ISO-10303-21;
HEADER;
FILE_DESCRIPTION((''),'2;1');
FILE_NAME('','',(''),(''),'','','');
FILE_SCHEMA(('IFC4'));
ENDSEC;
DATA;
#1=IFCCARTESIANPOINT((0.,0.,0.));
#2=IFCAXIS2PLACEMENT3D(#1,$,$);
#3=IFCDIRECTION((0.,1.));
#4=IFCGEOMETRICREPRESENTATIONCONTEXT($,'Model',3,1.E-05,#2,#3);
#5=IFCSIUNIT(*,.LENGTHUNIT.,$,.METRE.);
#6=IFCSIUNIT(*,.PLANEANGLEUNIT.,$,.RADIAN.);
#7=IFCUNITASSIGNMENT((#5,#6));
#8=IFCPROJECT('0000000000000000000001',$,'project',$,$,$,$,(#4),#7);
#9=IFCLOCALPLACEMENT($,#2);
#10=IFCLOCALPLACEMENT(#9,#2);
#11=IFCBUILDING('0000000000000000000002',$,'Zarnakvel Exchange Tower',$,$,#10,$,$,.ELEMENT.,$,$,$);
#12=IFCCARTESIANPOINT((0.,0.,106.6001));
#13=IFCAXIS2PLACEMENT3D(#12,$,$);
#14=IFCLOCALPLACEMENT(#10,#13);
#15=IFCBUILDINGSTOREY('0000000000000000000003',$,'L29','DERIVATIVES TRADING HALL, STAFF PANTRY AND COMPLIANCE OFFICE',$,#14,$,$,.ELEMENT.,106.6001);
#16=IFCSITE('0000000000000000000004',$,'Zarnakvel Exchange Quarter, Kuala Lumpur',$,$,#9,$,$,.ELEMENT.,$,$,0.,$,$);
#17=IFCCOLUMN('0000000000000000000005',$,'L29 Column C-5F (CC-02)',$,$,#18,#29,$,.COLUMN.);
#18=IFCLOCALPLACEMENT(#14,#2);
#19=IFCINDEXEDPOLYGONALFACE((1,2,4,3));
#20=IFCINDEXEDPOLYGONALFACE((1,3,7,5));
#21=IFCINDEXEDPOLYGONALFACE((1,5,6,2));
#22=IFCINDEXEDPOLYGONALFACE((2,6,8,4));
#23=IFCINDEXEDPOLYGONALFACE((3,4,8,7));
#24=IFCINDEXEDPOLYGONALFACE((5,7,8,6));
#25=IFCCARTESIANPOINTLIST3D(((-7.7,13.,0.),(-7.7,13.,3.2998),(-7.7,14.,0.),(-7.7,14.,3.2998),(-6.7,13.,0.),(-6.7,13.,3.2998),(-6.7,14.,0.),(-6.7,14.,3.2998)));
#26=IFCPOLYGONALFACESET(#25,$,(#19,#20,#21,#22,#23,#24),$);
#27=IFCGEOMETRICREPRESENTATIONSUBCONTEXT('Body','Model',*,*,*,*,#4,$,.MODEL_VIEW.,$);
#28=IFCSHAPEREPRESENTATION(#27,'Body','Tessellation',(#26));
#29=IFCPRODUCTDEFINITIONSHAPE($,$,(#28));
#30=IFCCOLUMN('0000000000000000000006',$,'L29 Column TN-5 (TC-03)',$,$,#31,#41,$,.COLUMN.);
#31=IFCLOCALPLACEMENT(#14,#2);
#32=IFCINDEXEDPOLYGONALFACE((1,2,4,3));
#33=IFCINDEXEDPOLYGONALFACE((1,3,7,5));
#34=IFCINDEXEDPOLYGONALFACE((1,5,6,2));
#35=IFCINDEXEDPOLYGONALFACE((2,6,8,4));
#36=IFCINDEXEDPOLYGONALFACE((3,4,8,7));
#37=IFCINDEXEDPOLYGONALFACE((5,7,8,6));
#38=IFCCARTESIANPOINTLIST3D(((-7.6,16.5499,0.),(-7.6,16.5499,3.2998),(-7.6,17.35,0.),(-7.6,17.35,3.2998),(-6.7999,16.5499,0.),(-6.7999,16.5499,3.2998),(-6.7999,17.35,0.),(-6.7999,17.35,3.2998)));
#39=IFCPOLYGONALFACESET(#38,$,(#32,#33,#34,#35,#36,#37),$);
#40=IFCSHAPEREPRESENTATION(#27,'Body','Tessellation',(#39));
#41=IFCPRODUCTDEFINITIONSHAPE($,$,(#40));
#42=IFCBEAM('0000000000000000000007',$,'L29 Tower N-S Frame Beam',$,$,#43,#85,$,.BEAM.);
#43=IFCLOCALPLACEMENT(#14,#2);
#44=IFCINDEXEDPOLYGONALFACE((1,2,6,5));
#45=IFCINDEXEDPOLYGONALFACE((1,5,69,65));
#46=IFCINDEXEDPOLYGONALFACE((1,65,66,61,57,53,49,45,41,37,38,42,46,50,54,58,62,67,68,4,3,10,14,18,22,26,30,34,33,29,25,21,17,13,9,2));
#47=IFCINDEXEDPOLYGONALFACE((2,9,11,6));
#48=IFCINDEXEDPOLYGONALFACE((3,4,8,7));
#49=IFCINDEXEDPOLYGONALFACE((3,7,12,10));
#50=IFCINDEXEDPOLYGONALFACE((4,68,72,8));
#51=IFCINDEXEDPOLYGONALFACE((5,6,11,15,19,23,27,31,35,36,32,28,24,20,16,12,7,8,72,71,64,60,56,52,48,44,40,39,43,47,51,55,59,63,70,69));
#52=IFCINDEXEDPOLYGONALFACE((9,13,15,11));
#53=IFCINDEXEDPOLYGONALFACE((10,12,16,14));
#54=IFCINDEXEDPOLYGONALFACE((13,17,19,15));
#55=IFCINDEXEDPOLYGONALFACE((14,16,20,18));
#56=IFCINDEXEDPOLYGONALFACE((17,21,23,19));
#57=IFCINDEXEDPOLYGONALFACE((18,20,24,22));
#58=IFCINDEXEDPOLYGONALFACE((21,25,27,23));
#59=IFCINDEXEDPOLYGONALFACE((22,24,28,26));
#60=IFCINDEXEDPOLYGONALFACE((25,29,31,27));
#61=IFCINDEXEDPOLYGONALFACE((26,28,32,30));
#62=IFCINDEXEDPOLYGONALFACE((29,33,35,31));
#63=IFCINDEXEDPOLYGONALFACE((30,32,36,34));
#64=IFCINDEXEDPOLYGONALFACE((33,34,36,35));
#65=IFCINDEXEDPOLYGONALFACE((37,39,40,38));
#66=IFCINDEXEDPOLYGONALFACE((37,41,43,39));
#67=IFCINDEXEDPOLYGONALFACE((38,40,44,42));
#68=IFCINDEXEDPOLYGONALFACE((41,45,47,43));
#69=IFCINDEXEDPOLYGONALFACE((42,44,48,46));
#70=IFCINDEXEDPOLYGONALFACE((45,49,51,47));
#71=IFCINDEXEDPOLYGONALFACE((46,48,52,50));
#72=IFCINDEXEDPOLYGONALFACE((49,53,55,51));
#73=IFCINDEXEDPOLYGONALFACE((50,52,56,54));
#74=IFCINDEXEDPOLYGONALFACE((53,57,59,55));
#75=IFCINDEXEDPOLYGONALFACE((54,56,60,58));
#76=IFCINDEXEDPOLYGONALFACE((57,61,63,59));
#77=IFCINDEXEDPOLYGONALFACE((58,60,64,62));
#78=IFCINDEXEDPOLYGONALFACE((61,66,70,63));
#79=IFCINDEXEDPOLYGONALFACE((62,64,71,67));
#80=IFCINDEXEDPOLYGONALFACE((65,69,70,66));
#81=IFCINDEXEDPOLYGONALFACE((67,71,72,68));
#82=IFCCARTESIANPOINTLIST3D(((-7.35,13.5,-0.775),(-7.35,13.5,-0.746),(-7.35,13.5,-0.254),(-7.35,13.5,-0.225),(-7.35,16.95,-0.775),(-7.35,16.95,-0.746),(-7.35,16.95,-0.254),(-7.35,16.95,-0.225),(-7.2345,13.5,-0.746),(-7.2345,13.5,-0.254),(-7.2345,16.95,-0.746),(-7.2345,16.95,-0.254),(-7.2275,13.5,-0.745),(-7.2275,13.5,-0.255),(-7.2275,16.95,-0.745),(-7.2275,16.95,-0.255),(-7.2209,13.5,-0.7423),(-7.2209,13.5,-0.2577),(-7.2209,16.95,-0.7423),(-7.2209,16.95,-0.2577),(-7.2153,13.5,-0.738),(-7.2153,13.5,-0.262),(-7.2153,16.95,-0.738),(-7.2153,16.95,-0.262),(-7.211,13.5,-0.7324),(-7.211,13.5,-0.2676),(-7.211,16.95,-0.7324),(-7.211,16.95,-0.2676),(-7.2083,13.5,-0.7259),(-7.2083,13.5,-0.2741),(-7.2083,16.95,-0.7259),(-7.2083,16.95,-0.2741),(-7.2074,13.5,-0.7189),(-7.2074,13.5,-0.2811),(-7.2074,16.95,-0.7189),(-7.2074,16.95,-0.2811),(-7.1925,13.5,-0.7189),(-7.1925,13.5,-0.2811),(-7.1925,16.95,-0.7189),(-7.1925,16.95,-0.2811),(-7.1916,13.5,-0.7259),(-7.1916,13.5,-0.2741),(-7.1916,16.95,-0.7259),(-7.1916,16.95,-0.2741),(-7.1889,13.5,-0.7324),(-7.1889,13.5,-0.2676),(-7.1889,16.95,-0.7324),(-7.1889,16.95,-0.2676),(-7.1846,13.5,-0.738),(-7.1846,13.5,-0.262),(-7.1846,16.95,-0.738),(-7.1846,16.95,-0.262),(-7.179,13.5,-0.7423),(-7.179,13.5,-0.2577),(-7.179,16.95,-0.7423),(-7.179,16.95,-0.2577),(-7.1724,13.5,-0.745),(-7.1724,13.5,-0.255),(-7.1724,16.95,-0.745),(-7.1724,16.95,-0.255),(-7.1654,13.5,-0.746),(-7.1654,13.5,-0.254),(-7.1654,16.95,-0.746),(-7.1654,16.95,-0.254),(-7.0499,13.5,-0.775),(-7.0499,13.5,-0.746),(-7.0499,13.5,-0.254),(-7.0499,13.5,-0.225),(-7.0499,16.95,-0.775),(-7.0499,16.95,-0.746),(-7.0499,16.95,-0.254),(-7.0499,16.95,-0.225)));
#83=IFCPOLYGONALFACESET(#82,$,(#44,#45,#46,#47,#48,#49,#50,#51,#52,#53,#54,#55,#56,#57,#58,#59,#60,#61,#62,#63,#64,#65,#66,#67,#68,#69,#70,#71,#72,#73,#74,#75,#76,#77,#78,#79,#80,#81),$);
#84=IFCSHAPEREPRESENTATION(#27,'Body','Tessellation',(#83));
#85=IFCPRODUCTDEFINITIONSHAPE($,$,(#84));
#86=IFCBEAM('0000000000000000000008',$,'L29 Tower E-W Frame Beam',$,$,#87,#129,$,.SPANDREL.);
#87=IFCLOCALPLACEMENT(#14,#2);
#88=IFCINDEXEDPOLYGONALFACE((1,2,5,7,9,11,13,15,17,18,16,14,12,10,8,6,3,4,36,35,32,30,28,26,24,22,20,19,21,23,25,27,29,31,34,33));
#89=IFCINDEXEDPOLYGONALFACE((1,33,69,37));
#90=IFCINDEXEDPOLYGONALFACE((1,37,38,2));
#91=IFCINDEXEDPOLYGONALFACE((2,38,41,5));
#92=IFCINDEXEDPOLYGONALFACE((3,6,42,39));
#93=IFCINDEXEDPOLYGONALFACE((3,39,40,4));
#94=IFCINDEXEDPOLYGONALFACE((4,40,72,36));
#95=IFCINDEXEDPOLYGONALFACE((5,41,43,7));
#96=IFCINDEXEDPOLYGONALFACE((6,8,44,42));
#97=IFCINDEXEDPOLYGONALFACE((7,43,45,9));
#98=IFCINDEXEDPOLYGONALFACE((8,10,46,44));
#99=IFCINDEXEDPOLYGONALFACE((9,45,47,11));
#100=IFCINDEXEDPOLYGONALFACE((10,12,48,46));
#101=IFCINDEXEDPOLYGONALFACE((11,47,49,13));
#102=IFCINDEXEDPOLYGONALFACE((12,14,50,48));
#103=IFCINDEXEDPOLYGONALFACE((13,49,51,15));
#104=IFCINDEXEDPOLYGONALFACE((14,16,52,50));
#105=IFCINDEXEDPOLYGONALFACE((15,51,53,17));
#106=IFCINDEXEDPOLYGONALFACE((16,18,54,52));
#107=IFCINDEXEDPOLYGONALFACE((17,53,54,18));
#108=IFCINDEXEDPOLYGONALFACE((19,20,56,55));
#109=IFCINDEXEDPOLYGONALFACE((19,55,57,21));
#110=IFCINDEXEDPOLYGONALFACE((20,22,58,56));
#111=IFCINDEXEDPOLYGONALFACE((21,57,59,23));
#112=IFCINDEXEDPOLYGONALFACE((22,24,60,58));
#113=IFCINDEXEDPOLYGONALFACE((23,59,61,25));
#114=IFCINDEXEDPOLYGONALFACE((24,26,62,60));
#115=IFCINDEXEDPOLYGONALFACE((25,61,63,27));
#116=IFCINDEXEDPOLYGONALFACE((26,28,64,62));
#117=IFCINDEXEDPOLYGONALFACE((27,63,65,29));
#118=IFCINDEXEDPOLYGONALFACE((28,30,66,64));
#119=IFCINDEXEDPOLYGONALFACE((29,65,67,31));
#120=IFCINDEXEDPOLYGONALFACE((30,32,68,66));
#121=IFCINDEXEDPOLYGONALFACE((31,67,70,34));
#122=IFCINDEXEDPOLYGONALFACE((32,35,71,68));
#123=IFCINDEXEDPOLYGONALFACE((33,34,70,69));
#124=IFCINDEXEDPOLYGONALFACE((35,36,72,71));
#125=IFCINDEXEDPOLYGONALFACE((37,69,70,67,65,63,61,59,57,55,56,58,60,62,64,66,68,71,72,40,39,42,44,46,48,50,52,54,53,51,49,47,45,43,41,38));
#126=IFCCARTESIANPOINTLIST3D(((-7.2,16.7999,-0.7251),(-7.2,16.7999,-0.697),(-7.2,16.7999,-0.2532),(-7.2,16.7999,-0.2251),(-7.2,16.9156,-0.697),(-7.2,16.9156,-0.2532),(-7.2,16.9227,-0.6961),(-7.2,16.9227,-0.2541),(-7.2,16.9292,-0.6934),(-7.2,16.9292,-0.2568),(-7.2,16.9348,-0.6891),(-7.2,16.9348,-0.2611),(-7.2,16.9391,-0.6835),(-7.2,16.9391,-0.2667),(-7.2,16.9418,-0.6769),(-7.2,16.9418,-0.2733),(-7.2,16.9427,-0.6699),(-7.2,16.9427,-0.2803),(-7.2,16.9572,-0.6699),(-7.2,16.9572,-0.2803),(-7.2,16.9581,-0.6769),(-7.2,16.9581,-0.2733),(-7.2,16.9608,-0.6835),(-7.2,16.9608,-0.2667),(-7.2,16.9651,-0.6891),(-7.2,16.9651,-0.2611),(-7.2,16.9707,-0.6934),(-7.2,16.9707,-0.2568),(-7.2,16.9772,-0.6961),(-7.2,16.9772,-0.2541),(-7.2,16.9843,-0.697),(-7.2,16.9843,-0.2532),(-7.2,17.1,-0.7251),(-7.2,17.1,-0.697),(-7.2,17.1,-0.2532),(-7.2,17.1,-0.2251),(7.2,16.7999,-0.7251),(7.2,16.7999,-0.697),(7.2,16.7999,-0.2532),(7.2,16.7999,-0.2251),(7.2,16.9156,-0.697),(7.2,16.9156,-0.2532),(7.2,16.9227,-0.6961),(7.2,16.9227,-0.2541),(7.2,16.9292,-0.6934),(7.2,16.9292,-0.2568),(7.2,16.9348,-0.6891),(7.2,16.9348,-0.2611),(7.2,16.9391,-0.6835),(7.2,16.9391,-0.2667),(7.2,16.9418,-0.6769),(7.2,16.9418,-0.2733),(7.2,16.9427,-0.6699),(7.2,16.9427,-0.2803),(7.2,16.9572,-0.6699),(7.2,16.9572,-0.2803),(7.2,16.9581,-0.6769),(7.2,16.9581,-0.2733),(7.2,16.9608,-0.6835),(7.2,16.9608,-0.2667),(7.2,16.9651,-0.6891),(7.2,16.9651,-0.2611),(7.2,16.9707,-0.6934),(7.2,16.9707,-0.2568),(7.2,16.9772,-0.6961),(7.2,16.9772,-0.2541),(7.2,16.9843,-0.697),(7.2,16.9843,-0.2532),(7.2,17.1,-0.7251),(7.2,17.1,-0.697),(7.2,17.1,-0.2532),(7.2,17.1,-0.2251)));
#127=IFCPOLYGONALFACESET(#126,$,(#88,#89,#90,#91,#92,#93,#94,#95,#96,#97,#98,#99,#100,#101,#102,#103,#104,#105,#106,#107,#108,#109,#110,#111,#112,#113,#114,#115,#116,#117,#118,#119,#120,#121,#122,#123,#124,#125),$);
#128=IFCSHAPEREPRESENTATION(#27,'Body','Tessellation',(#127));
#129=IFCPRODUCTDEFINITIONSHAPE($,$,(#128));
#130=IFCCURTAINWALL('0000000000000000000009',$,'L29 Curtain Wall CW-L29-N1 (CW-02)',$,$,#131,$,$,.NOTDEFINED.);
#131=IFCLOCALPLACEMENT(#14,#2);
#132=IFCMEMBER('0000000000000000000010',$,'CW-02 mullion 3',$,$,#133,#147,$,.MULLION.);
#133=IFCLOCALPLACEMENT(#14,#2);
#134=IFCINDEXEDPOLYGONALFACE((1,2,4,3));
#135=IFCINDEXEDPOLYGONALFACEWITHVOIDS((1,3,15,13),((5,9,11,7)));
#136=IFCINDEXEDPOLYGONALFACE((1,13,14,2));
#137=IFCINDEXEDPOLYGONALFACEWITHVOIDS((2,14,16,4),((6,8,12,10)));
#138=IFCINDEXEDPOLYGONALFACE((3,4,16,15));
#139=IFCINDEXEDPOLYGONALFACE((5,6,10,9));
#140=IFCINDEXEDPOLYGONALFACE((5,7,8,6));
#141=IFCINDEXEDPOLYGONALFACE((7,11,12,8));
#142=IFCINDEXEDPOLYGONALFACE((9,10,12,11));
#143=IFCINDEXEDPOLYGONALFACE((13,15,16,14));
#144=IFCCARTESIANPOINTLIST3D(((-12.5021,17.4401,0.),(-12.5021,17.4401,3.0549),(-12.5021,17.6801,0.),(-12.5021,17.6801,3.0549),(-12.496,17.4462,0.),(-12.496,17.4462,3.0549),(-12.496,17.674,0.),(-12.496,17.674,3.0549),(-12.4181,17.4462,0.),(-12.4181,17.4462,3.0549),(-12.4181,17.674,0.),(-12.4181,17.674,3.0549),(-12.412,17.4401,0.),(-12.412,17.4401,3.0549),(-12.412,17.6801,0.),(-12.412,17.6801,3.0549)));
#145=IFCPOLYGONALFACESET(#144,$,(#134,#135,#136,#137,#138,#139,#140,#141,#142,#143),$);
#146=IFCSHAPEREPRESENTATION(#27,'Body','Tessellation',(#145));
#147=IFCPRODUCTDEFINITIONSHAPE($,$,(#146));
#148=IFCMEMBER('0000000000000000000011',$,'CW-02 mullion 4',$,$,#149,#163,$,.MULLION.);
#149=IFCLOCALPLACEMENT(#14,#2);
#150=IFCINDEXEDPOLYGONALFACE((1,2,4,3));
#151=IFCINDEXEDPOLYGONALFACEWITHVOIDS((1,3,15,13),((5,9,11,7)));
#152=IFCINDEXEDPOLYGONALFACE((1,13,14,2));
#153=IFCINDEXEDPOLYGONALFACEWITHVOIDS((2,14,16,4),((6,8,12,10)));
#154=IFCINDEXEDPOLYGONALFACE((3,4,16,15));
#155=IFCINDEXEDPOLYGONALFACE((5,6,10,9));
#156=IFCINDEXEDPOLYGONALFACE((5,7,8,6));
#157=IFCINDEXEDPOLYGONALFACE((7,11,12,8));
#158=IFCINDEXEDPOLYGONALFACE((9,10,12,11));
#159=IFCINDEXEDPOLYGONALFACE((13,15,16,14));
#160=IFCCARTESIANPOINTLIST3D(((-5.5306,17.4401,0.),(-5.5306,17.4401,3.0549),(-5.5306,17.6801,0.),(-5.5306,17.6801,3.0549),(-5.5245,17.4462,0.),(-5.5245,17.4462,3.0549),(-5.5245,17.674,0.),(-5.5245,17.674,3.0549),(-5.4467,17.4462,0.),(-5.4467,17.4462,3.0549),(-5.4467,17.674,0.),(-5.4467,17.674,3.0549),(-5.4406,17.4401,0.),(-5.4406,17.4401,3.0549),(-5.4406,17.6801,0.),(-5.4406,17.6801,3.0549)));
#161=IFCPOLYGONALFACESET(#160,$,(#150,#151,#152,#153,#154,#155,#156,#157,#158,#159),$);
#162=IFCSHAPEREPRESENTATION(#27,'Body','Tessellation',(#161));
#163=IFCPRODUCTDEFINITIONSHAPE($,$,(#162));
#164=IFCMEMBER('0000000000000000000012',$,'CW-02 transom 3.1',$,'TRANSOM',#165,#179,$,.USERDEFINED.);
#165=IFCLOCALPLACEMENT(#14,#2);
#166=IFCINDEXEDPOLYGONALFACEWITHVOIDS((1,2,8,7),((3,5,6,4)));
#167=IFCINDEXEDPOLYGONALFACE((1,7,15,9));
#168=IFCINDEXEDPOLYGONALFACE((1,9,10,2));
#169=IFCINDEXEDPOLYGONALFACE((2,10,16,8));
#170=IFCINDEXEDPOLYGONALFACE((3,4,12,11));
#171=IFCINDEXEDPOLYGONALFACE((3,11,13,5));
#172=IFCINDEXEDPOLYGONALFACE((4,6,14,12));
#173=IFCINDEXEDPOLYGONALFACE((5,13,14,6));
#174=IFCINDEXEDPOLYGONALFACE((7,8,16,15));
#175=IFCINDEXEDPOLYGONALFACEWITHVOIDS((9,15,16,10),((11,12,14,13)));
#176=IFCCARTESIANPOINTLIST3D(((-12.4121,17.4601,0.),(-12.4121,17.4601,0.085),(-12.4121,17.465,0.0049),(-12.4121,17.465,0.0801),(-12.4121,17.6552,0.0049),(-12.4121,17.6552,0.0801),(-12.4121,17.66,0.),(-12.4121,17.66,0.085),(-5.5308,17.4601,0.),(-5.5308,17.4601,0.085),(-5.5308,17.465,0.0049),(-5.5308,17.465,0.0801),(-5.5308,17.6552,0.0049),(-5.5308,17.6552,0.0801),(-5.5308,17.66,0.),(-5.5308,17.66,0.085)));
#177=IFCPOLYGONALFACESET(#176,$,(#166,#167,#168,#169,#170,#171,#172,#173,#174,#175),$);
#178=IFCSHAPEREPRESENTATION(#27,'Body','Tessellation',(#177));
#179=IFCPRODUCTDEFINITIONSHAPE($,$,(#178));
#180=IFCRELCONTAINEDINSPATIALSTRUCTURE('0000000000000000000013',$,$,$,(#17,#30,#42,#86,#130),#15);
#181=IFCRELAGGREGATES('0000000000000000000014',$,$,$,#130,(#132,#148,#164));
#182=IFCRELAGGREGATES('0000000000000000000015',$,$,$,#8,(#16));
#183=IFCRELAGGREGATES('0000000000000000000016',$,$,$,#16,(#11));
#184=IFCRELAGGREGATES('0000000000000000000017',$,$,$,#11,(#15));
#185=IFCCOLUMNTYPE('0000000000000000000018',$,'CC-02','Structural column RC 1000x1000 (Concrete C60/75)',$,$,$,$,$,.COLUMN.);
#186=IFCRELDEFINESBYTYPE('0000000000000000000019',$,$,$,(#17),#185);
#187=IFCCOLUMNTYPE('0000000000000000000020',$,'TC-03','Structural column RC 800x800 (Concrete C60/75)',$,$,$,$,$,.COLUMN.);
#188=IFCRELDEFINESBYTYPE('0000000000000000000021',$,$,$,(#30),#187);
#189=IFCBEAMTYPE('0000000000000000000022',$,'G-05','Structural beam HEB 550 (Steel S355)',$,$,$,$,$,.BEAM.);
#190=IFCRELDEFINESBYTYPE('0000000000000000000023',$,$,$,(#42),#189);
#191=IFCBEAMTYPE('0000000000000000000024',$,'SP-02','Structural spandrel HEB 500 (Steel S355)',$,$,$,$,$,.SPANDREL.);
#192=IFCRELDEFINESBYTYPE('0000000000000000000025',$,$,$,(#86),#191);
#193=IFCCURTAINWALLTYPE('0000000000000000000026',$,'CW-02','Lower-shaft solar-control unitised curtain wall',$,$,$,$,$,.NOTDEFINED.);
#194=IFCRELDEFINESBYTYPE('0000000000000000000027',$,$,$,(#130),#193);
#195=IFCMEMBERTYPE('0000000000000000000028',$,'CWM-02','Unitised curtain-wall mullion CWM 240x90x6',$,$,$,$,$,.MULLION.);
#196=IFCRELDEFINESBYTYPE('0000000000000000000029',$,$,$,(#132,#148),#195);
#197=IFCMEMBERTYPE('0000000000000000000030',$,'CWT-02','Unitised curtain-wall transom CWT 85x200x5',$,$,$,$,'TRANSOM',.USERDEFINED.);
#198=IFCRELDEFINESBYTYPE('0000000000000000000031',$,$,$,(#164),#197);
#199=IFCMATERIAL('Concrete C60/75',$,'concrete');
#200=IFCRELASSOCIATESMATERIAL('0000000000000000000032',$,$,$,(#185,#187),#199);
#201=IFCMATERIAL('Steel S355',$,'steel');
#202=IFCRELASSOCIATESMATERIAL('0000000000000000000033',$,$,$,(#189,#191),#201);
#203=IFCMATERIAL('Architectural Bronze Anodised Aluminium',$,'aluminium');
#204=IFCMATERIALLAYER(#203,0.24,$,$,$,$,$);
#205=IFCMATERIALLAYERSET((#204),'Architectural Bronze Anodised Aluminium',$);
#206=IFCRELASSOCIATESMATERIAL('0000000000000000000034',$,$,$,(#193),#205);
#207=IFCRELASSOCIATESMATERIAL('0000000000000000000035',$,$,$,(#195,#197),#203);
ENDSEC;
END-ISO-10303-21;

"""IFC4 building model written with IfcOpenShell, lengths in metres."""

from ifc_helpers import new_model, si_unit, direction, frame, origin, origin_2d, place, context, subcontext, project, spatial, rectangle, hollow_rectangle, i_section, extrude, source, transform, mapped, material, layer, layer_set, material_profile, profile_set, type_object, element, aggregate, save


model = new_model("IFC4")

# Units and contexts
model_context = context("Model", 3, precision=1e-05, world=origin(), true_north=direction((0.0, 1.0)))
body_context = subcontext(model_context, "Body", "Model", "MODEL_VIEW")
ifc_project = project(units=[si_unit("LENGTHUNIT", "METRE"), si_unit("PLANEANGLEUNIT", "RADIAN")], contexts=[model_context])

# Site, building, storey
site_placement = place(None, origin())
site = spatial("IfcSite", under=ifc_project, at=site_placement, Name="Zarnakvel Exchange Quarter, Kuala Lumpur", CompositionType="ELEMENT", RefElevation=0.0)
building_placement = place(site_placement, origin())
building = spatial("IfcBuilding", under=site, at=building_placement, Name="Zarnakvel Exchange Tower", CompositionType="ELEMENT")
storey_placement = place(building_placement, frame((0.0, 0.0, 106.6001)))
storey = spatial("IfcBuildingStorey", under=building, at=storey_placement, Name="L29", Description="DERIVATIVES TRADING HALL, STAFF PANTRY AND COMPLIANCE OFFICE", CompositionType="ELEMENT", Elevation=106.6001)

# Columns
ifc_material_1 = material(Name="Concrete C60/75", Category="concrete")
ifc_material_profile_1 = material_profile(ifc_material_1, rectangle(XDim=1.0, YDim=1.0, at=origin_2d()))
ifc_profile_set_1 = profile_set([ifc_material_profile_1], Name="Concrete C60/75")
column_type_1 = type_object("IfcColumnType", Name="CC-02", Description="Structural column RC 1000x1000 (Concrete C60/75)", PredefinedType="COLUMN", material=ifc_profile_set_1)
column_1_placement = place(storey_placement, frame((-7.2, 13.5, 0.0), z_axis=(0.0, 0.0, 1.0), x_axis=(1.0, 0.0, 0.0)))
element("IfcColumn", 1, at=column_1_placement, inside=storey, type_object=column_type_1, Name="L29 Column C-5F (CC-02)", PredefinedType="COLUMN", context=body_context, shape_type="SweptSolid", body=[
    extrude(rectangle(XDim=1.0, YDim=1.0, at=origin_2d()), origin(), (0.0, 0.0, 1.0), 3.2998),
])
ifc_material_profile_2 = material_profile(ifc_material_1, rectangle(XDim=0.8, YDim=0.8, at=origin_2d()))
ifc_profile_set_2 = profile_set([ifc_material_profile_2], Name="Concrete C60/75")
column_type_2 = type_object("IfcColumnType", Name="TC-03", Description="Structural column RC 800x800 (Concrete C60/75)", PredefinedType="COLUMN", material=ifc_profile_set_2)
column_2_placement = place(storey_placement, frame((-7.2, 16.95, 0.0), z_axis=(0.0, 0.0, 1.0), x_axis=(1.0, 0.0, 0.0)))
element("IfcColumn", 2, at=column_2_placement, inside=storey, type_object=column_type_2, Name="L29 Column TN-5 (TC-03)", PredefinedType="COLUMN", context=body_context, shape_type="SweptSolid", body=[
    extrude(rectangle(XDim=0.8, YDim=0.8, at=origin_2d()), origin(), (0.0, 0.0, 1.0), 3.2998),
])

# Beams
ifc_material_2 = material(Name="Steel S355", Category="steel")
ifc_material_profile_3 = material_profile(ifc_material_2, i_section(OverallWidth=0.3, OverallDepth=0.55, WebThickness=0.0149, FlangeThickness=0.0291, FilletRadius=0.0271, at=origin_2d()))
ifc_profile_set_3 = profile_set([ifc_material_profile_3], Name="Steel S355")
beam_type_1 = type_object("IfcBeamType", Name="G-05", Description="Structural beam HEB 550 (Steel S355)", PredefinedType="BEAM", material=ifc_profile_set_3)
beam_1_placement = place(storey_placement, frame((-7.2, 13.5, -0.5), z_axis=(0.0, 1.0, 0.0), x_axis=(-1.0, 0.0, 0.0)))
element("IfcBeam", 3, at=beam_1_placement, inside=storey, type_object=beam_type_1, Name="L29 Tower N-S Frame Beam", PredefinedType="BEAM", context=body_context, shape_type="SweptSolid", body=[
    extrude(i_section(OverallWidth=0.3, OverallDepth=0.55, WebThickness=0.0149, FlangeThickness=0.0291, FilletRadius=0.0271, at=origin_2d()), origin(), (0.0, 0.0, 1.0), 3.45),
])
ifc_material_profile_4 = material_profile(ifc_material_2, i_section(OverallWidth=0.3, OverallDepth=0.5, WebThickness=0.0144, FlangeThickness=0.0281, FilletRadius=0.0271, at=origin_2d()))
ifc_profile_set_4 = profile_set([ifc_material_profile_4], Name="Steel S355")
beam_type_2 = type_object("IfcBeamType", Name="SP-02", Description="Structural spandrel HEB 500 (Steel S355)", PredefinedType="SPANDREL", material=ifc_profile_set_4)
beam_2_placement = place(storey_placement, frame((-7.2, 16.95, -0.4751), z_axis=(1.0, 0.0, 0.0), x_axis=(0.0, 1.0, 0.0)))
element("IfcBeam", 4, at=beam_2_placement, inside=storey, type_object=beam_type_2, Name="L29 Tower E-W Frame Beam", PredefinedType="SPANDREL", context=body_context, shape_type="SweptSolid", body=[
    extrude(i_section(OverallWidth=0.3, OverallDepth=0.5, WebThickness=0.0144, FlangeThickness=0.0281, FilletRadius=0.0271, at=origin_2d()), origin(), (0.0, 0.0, 1.0), 14.3999),
])

# Curtain wall, members
ifc_material_3 = material(Name="Architectural Bronze Anodised Aluminium", Category="aluminium")
ifc_layer_1 = layer(ifc_material_3, 0.24)
ifc_layer_set_1 = layer_set([ifc_layer_1], Name="Architectural Bronze Anodised Aluminium")
curtain_wall_type = type_object("IfcCurtainWallType", Name="CW-02", Description="Lower-shaft solar-control unitised curtain wall", PredefinedType="NOTDEFINED", material=ifc_layer_set_1)
curtain_wall_placement = place(storey_placement, origin())
curtain_wall = element("IfcCurtainWall", 5, at=curtain_wall_placement, inside=storey, type_object=curtain_wall_type, Name="L29 Curtain Wall CW-L29-N1 (CW-02)", PredefinedType="NOTDEFINED")
ifc_material_profile_5 = material_profile(ifc_material_3, hollow_rectangle(XDim=0.24, YDim=0.0901, WallThickness=0.0061, at=origin_2d()))
ifc_profile_set_5 = profile_set([ifc_material_profile_5], Name="Architectural Bronze Anodised Aluminium")
member_type_1 = type_object("IfcMemberType", Name="CWM-02", Description="Unitised curtain-wall mullion CWM 240x90x6", PredefinedType="MULLION", material=ifc_profile_set_5)
shared_shape_1 = source(origin(), body_context, "Body", "SweptSolid", [
    extrude(hollow_rectangle(XDim=0.24, YDim=0.0901, WallThickness=0.0061, at=origin_2d()), origin(), (0.0, 0.0, 1.0), 3.0549),
])
member_1_placement = place(storey_placement, frame((-12.457, 17.5601, 0.0), z_axis=(0.0, 0.0, 1.0), x_axis=(0.0, 1.0, 0.0)))
member_1 = element("IfcMember", 6, at=member_1_placement, type_object=member_type_1, Name="CW-02 mullion 3", PredefinedType="MULLION", context=body_context, shape_type="MappedRepresentation", body=[
    mapped(shared_shape_1, transform((0.0, 0.0, 0.0), x_axis=(1.0, 0.0, 0.0), y_axis=(0.0, 1.0, 0.0), z_axis=(0.0, 0.0, 1.0), scale=1.0)),
])
member_2_placement = place(storey_placement, frame((-5.4856, 17.5601, 0.0), z_axis=(0.0, 0.0, 1.0), x_axis=(0.0, 1.0, 0.0)))
member_2 = element("IfcMember", 7, at=member_2_placement, type_object=member_type_1, Name="CW-02 mullion 4", PredefinedType="MULLION", context=body_context, shape_type="MappedRepresentation", body=[
    mapped(shared_shape_1, transform((0.0, 0.0, 0.0), x_axis=(1.0, 0.0, 0.0), y_axis=(0.0, 1.0, 0.0), z_axis=(0.0, 0.0, 1.0), scale=1.0)),
])
ifc_material_profile_6 = material_profile(ifc_material_3, hollow_rectangle(XDim=0.2, YDim=0.085, WallThickness=0.0049, at=origin_2d()))
ifc_profile_set_6 = profile_set([ifc_material_profile_6], Name="Architectural Bronze Anodised Aluminium")
member_type_2 = type_object("IfcMemberType", Name="CWT-02", Description="Unitised curtain-wall transom CWT 85x200x5", ElementType="TRANSOM", PredefinedType="USERDEFINED", material=ifc_profile_set_6)
shared_shape_2 = source(origin(), body_context, "Body", "SweptSolid", [
    extrude(hollow_rectangle(XDim=0.2, YDim=0.085, WallThickness=0.0049, at=origin_2d()), origin(), (0.0, 0.0, 1.0), 6.8813),
])
member_3_placement = place(storey_placement, frame((-12.4121, 17.5601, 0.0425), z_axis=(1.0, 0.0, 0.0), x_axis=(0.0, 1.0, 0.0)))
member_3 = element("IfcMember", 8, at=member_3_placement, type_object=member_type_2, Name="CW-02 transom 3.1", ObjectType="TRANSOM", PredefinedType="USERDEFINED", context=body_context, shape_type="MappedRepresentation", body=[
    mapped(shared_shape_2, transform((0.0, 0.0, 0.0), x_axis=(1.0, 0.0, 0.0), y_axis=(0.0, 1.0, 0.0), z_axis=(0.0, 0.0, 1.0), scale=1.0)),
])
aggregate(curtain_wall, [member_1, member_2, member_3])

save(model, "model.ifc")
